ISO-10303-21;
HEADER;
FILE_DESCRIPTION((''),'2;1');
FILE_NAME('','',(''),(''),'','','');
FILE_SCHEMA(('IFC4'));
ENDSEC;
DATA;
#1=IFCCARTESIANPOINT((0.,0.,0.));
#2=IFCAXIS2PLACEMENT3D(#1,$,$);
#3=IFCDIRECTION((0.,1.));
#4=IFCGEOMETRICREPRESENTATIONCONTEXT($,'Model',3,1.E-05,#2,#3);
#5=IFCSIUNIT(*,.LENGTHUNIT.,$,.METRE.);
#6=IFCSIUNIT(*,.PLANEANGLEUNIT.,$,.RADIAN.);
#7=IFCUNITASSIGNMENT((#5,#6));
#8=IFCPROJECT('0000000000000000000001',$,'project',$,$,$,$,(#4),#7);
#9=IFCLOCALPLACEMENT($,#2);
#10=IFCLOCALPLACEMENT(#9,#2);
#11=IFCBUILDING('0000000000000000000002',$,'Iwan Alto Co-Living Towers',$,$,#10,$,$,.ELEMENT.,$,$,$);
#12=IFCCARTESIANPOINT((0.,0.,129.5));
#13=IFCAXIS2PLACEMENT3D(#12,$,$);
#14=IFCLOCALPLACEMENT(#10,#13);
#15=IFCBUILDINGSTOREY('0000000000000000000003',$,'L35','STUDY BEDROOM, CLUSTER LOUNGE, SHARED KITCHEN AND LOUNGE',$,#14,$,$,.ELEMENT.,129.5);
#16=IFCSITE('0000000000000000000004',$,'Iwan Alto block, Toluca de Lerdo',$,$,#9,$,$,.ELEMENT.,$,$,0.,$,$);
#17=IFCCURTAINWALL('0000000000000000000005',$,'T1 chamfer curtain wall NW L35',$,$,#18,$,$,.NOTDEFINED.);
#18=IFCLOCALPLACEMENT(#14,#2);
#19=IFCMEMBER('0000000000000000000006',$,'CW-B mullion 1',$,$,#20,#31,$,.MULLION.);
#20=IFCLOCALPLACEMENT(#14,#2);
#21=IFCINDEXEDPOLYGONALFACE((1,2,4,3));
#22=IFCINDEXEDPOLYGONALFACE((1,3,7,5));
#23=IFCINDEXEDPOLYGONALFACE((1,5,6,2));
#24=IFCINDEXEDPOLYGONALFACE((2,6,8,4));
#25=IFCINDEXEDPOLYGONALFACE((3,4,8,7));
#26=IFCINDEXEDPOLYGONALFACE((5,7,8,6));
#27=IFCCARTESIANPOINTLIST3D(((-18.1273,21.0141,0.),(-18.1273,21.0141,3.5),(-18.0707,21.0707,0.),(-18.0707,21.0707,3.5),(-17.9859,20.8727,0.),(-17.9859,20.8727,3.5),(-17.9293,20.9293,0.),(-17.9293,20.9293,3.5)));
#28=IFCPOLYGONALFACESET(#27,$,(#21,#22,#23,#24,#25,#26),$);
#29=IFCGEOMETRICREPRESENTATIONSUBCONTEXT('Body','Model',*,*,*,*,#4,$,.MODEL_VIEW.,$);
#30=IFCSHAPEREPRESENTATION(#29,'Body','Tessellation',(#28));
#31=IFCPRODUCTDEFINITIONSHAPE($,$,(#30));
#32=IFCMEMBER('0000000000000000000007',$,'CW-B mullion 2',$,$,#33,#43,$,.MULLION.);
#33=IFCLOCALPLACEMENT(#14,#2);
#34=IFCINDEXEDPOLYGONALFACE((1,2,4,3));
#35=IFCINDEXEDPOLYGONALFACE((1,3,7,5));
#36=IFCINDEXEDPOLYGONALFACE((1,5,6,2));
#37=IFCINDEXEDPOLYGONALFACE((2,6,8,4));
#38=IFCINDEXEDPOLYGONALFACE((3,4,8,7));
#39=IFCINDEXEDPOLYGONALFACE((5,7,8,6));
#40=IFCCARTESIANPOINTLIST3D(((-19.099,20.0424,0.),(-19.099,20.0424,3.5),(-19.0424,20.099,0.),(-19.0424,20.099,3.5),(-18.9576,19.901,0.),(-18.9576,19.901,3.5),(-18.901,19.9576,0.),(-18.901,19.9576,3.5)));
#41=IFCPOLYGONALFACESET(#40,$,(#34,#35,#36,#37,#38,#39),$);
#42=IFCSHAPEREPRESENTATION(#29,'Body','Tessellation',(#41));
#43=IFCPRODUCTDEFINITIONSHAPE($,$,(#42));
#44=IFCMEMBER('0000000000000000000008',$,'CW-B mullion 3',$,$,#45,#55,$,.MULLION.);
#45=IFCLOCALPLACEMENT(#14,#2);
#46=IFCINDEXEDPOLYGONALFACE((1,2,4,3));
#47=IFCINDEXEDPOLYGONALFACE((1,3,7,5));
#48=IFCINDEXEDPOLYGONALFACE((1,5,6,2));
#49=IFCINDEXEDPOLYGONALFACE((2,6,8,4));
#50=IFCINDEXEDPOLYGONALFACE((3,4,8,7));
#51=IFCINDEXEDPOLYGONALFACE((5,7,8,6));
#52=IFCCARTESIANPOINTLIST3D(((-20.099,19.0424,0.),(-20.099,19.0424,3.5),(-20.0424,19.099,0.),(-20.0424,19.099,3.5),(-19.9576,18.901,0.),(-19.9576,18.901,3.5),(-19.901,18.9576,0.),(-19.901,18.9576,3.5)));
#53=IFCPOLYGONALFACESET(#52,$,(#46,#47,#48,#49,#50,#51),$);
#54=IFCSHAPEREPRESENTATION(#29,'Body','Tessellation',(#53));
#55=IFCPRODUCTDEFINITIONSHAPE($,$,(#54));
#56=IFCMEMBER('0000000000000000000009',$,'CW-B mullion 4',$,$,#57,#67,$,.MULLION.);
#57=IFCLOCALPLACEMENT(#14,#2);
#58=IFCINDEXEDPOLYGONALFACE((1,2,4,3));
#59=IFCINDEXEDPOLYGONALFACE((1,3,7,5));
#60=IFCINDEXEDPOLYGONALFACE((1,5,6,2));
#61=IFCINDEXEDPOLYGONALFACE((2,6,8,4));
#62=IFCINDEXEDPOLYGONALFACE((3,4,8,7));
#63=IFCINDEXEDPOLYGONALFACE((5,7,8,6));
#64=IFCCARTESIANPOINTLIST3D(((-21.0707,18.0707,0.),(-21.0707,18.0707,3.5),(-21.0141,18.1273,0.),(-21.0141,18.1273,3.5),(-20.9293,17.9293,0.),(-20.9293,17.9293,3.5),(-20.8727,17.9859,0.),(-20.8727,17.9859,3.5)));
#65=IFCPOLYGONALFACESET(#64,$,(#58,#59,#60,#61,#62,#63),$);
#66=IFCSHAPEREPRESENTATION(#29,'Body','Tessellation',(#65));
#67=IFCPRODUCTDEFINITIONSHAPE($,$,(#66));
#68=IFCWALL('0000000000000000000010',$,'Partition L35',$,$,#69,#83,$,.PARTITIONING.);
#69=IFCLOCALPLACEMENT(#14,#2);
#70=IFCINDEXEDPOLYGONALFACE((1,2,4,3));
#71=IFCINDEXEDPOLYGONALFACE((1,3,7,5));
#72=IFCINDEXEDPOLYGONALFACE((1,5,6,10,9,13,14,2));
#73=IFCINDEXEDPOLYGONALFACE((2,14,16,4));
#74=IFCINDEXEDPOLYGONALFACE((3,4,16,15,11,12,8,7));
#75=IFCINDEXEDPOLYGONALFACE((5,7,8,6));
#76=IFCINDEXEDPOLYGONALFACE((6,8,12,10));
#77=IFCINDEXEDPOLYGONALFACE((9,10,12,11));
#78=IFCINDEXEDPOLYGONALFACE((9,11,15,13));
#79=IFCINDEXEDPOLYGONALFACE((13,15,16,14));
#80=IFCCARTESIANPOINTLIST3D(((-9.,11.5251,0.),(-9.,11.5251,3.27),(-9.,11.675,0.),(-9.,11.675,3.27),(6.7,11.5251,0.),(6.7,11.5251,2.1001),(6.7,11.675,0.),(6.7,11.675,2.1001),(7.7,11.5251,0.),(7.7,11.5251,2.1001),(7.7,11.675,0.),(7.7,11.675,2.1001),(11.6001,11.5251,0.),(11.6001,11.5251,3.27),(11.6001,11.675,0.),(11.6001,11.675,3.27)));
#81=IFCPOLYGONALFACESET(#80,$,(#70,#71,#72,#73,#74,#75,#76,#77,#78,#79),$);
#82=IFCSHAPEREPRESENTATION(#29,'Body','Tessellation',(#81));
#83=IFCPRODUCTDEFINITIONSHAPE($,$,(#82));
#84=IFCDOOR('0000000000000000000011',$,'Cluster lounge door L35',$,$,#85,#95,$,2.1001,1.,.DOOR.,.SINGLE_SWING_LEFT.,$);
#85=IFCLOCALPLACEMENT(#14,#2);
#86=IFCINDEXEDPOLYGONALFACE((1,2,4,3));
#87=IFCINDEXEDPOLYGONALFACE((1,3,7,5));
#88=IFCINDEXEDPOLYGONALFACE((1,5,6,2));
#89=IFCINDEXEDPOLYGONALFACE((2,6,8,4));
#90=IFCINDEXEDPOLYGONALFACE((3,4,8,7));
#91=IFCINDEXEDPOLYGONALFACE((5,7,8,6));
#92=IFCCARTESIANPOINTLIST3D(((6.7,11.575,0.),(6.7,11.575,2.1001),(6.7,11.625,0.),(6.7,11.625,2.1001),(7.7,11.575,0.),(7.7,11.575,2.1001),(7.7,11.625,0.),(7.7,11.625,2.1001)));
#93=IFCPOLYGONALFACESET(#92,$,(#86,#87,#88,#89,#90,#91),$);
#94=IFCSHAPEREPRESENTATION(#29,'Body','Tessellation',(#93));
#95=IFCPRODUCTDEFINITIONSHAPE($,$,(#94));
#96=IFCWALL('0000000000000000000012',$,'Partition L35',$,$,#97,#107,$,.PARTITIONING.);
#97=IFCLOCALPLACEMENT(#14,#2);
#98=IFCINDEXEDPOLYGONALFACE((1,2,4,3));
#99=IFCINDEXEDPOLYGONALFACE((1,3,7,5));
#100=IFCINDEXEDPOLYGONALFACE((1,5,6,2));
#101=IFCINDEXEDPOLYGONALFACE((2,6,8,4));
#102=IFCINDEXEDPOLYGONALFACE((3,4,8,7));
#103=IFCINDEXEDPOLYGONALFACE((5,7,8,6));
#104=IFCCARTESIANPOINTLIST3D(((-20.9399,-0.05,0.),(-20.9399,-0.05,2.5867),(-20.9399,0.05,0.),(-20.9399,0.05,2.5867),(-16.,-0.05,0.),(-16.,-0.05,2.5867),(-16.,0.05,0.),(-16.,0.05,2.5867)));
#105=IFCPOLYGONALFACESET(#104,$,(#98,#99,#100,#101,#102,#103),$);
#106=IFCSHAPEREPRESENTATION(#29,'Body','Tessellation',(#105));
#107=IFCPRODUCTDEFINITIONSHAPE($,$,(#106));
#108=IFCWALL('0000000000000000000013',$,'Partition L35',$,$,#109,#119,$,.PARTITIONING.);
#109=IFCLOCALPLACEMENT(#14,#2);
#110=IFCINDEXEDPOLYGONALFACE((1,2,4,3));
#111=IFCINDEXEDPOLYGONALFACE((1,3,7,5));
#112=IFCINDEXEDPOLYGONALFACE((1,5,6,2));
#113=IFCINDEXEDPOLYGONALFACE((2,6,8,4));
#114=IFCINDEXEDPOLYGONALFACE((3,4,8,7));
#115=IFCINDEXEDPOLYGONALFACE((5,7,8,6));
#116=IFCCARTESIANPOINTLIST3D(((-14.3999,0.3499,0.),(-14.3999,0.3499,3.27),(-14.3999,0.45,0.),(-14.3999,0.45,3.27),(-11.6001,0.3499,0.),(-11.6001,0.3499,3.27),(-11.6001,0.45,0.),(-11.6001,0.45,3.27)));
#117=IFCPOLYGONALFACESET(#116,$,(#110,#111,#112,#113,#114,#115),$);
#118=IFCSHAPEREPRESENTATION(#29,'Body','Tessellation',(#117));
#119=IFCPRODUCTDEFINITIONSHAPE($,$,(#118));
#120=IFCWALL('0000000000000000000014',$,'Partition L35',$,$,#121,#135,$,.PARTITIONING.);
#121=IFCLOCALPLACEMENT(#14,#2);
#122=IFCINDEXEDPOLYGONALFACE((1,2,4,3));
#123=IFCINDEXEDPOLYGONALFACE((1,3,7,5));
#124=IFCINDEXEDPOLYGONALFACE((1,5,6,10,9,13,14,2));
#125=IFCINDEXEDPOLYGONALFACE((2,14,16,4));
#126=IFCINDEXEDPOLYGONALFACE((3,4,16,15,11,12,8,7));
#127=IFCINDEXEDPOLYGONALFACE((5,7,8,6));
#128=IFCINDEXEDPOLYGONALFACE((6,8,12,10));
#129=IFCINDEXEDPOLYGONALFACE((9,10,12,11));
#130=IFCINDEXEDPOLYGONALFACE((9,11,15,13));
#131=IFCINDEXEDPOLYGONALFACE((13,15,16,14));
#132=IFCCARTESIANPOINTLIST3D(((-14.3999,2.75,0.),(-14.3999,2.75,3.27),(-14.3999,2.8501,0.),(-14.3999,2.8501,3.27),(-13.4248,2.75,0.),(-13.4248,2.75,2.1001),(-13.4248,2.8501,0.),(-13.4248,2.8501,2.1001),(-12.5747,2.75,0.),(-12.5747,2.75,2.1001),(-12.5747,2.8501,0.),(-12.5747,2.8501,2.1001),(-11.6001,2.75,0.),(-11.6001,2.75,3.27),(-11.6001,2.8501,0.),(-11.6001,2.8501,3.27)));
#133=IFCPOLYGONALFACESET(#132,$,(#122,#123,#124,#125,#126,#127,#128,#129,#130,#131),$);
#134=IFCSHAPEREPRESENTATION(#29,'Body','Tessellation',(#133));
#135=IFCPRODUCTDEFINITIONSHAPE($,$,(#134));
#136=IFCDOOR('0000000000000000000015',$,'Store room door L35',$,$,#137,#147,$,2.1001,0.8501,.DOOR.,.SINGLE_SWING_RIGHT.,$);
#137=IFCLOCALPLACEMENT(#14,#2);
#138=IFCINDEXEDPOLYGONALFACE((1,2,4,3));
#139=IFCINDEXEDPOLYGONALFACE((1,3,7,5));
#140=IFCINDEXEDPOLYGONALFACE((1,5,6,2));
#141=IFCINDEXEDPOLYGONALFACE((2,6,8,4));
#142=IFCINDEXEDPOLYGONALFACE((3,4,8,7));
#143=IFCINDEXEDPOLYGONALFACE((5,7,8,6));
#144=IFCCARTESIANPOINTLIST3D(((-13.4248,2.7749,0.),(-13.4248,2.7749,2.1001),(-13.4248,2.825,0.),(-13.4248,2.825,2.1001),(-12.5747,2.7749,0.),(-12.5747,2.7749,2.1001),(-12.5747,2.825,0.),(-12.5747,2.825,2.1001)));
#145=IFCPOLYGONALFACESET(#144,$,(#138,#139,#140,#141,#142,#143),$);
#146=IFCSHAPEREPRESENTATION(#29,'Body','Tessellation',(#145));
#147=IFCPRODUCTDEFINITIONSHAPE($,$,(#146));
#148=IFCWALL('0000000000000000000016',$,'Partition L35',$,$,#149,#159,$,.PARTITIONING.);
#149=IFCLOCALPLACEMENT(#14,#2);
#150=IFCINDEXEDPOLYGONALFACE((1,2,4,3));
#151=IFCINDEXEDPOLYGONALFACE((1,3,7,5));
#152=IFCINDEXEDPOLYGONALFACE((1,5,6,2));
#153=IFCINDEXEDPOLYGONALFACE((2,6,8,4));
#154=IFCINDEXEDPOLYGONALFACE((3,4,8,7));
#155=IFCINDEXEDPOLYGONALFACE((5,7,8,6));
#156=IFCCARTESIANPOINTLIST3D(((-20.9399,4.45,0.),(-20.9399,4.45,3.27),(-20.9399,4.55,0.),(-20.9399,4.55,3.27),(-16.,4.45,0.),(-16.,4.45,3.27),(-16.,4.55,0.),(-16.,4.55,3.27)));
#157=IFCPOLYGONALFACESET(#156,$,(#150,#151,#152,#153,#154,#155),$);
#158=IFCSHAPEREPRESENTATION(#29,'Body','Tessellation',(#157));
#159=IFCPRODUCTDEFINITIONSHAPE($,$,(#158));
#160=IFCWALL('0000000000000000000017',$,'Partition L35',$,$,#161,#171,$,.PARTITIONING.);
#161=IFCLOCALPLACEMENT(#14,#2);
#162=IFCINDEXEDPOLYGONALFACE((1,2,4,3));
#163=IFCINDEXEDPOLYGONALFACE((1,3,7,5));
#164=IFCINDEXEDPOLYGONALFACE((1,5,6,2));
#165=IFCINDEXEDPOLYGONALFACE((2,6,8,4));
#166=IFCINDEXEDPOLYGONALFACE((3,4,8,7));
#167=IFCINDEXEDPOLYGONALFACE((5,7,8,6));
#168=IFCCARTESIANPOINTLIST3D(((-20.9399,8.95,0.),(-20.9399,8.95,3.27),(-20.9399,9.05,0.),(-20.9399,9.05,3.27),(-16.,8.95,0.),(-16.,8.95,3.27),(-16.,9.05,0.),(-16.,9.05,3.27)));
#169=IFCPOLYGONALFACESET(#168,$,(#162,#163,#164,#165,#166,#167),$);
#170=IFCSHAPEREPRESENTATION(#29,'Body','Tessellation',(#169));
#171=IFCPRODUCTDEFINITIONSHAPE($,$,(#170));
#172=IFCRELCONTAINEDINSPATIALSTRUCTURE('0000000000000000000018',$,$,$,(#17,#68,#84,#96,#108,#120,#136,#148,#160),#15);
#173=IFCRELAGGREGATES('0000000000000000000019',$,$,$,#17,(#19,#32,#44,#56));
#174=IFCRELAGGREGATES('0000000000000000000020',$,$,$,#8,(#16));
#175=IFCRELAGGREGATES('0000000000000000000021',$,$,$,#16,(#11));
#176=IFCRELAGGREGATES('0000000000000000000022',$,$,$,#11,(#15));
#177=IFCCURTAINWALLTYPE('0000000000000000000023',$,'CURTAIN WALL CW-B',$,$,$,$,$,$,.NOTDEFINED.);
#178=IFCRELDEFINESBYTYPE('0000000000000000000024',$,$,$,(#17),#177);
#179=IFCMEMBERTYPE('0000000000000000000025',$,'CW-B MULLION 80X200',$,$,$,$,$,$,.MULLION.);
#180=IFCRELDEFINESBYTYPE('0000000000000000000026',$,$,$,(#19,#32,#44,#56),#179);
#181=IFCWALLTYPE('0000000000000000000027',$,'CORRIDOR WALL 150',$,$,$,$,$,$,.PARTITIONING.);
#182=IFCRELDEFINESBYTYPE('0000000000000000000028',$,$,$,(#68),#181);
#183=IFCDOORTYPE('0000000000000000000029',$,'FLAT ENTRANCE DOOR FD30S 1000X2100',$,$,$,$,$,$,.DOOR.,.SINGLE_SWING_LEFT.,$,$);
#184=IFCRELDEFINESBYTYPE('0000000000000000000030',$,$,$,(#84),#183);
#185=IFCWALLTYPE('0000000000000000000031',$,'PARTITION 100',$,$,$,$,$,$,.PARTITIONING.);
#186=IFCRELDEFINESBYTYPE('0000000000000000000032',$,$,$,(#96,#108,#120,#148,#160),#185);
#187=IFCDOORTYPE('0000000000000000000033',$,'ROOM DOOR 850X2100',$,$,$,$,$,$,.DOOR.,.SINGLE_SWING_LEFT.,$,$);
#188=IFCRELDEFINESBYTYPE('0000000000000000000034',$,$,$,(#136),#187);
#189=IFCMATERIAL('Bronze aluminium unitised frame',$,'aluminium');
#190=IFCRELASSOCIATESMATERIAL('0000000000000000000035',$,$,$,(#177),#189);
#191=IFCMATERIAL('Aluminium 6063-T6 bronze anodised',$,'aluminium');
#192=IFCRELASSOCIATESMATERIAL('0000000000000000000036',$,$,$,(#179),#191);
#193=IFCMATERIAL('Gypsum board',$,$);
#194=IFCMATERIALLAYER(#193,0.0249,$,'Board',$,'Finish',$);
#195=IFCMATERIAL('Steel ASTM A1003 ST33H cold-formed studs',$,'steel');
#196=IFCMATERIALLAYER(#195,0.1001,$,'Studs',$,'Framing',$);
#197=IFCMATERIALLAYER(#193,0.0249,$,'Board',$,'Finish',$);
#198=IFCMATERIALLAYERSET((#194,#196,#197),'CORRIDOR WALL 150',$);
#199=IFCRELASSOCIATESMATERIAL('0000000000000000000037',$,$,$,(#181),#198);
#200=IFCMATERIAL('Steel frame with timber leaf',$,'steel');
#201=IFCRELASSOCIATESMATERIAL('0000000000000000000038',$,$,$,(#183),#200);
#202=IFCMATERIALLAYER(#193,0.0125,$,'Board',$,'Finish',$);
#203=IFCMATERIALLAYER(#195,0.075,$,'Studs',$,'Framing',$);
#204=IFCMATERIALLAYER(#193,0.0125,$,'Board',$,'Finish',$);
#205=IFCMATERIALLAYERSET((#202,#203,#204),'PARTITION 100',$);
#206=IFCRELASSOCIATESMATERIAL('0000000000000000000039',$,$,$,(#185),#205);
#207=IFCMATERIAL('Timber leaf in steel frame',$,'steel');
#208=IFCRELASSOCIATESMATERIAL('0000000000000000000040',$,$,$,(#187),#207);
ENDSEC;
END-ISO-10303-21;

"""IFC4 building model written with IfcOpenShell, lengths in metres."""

from ifc_helpers import new_model, si_unit, direction, frame, frame_2d, origin, origin_2d, place, context, subcontext, project, spatial, rectangle, extrude, material, layer, layer_set, material_profile, profile_set, type_object, element, fill, aggregate, save


model = new_model("IFC4")

# Units and contexts
model_context = context("Model", 3, precision=1e-05, world=origin(), true_north=direction((0.0, 1.0)))
body_context = subcontext(model_context, "Body", "Model", "MODEL_VIEW")
ifc_project = project(units=[si_unit("LENGTHUNIT", "METRE"), si_unit("PLANEANGLEUNIT", "RADIAN")], contexts=[model_context])

# Site, building, storey
site_placement = place(None, origin())
site = spatial("IfcSite", under=ifc_project, at=site_placement, Name="Iwan Alto block, Toluca de Lerdo", CompositionType="ELEMENT", RefElevation=0.0)
building_placement = place(site_placement, origin())
building = spatial("IfcBuilding", under=site, at=building_placement, Name="Iwan Alto Co-Living Towers", CompositionType="ELEMENT")
storey_placement = place(building_placement, frame((0.0, 0.0, 129.5)))
storey = spatial("IfcBuildingStorey", under=building, at=storey_placement, Name="L35", Description="STUDY BEDROOM, CLUSTER LOUNGE, SHARED KITCHEN AND LOUNGE", CompositionType="ELEMENT", Elevation=129.5)

# Curtain wall, members
ifc_material_1 = material(Name="Bronze aluminium unitised frame", Category="aluminium")
curtain_wall_type = type_object("IfcCurtainWallType", Name="CURTAIN WALL CW-B", PredefinedType="NOTDEFINED", material=ifc_material_1)
curtain_wall_placement = place(storey_placement, origin())
curtain_wall = element("IfcCurtainWall", 1, at=curtain_wall_placement, inside=storey, type_object=curtain_wall_type, Name="T1 chamfer curtain wall NW L35", PredefinedType="NOTDEFINED")
ifc_material_2 = material(Name="Aluminium 6063-T6 bronze anodised", Category="aluminium")
ifc_material_profile = material_profile(ifc_material_2, rectangle(XDim=0.2, YDim=0.0801, at=origin_2d()), Name="AL 80X200")
ifc_profile_set = profile_set([ifc_material_profile], Name="Aluminium 6063-T6 bronze anodised")
member_type = type_object("IfcMemberType", Name="CW-B MULLION 80X200", PredefinedType="MULLION", material=ifc_profile_set)
member_1_placement = place(storey_placement, frame((-18.0283, 20.9717, 0.0), z_axis=(0.0, 0.0, 1.0), x_axis=(0.707107, -0.707107, 0.0)))
member_1 = element("IfcMember", 2, at=member_1_placement, type_object=member_type, Name="CW-B mullion 1", PredefinedType="MULLION", context=body_context, shape_type="SweptSolid", body=[
    extrude(rectangle(XDim=0.2, YDim=0.0801, at=origin_2d()), origin(), (0.0, 0.0, 1.0), 3.5),
])
member_2_placement = place(storey_placement, frame((-19.0, 20.0, 0.0), z_axis=(0.0, 0.0, 1.0), x_axis=(0.707107, -0.707107, 0.0)))
member_2 = element("IfcMember", 3, at=member_2_placement, type_object=member_type, Name="CW-B mullion 2", PredefinedType="MULLION", context=body_context, shape_type="SweptSolid", body=[
    extrude(rectangle(XDim=0.2, YDim=0.0801, at=origin_2d()), origin(), (0.0, 0.0, 1.0), 3.5),
])
member_3_placement = place(storey_placement, frame((-20.0, 19.0, 0.0), z_axis=(0.0, 0.0, 1.0), x_axis=(0.707107, -0.707107, 0.0)))
member_3 = element("IfcMember", 4, at=member_3_placement, type_object=member_type, Name="CW-B mullion 3", PredefinedType="MULLION", context=body_context, shape_type="SweptSolid", body=[
    extrude(rectangle(XDim=0.2, YDim=0.0801, at=origin_2d()), origin(), (0.0, 0.0, 1.0), 3.5),
])
member_4_placement = place(storey_placement, frame((-20.9717, 18.0283, 0.0), z_axis=(0.0, 0.0, 1.0), x_axis=(0.707107, -0.707107, 0.0)))
member_4 = element("IfcMember", 5, at=member_4_placement, type_object=member_type, Name="CW-B mullion 4", PredefinedType="MULLION", context=body_context, shape_type="SweptSolid", body=[
    extrude(rectangle(XDim=0.2, YDim=0.0801, at=origin_2d()), origin(), (0.0, 0.0, 1.0), 3.5),
])
aggregate(curtain_wall, [member_1, member_2, member_3, member_4])

# Wall, opening, door
ifc_material_3 = material(Name="Gypsum board")
ifc_layer_1 = layer(ifc_material_3, 0.0249, Name="Board", Category="Finish")
ifc_material_4 = material(Name="Steel ASTM A1003 ST33H cold-formed studs", Category="steel")
ifc_layer_2 = layer(ifc_material_4, 0.1001, Name="Studs", Category="Framing")
ifc_layer_3 = layer(ifc_material_3, 0.0249, Name="Board", Category="Finish")
ifc_layer_set_1 = layer_set([ifc_layer_1, ifc_layer_2, ifc_layer_3], Name="CORRIDOR WALL 150")
wall_type_1 = type_object("IfcWallType", Name="CORRIDOR WALL 150", PredefinedType="PARTITIONING", material=ifc_layer_set_1)
wall_1_placement = place(storey_placement, frame((-9.0, 11.6001, 0.0), z_axis=(0.0, 0.0, 1.0), x_axis=(1.0, 0.0, 0.0)))
wall_1 = element("IfcWall", 6, at=wall_1_placement, inside=storey, type_object=wall_type_1, Name="Partition L35", PredefinedType="PARTITIONING", context=body_context, shape_type="SweptSolid", body=[
    extrude(rectangle(XDim=20.6001, YDim=0.1499, at=frame_2d((10.3, 0.0))), origin(), (0.0, 0.0, 1.0), 3.27),
])
opening_1_placement = place(wall_1_placement, frame((15.7, 0.0, 0.0)))
opening_1 = element("IfcOpeningElement", 7, at=opening_1_placement, cuts=wall_1, PredefinedType="OPENING", context=body_context, shape_type="SweptSolid", body=[
    extrude(rectangle(XDim=1.0, YDim=2.1001, at=frame_2d((0.5, 1.05))), frame((0.0, 0.085, 0.0), z_axis=(0.0, -1.0, 0.0), x_axis=(1.0, 0.0, 0.0)), (0.0, 0.0, 1.0), 0.1699),
])
ifc_material_5 = material(Name="Steel frame with timber leaf", Category="steel")
door_type_1 = type_object("IfcDoorType", Name="FLAT ENTRANCE DOOR FD30S 1000X2100", OperationType="SINGLE_SWING_LEFT", PredefinedType="DOOR", material=ifc_material_5)
door_1_placement = place(opening_1_placement, origin())
door_1 = element("IfcDoor", 8, at=door_1_placement, inside=storey, type_object=door_type_1, Name="Cluster lounge door L35", OperationType="SINGLE_SWING_LEFT", OverallHeight=2.1001, OverallWidth=1.0, PredefinedType="DOOR", context=body_context, shape_type="SweptSolid", body=[
    extrude(rectangle(XDim=1.0, YDim=2.1001, at=frame_2d((0.5, 1.05))), frame((0.0, 0.0249, 0.0), z_axis=(0.0, -1.0, 0.0), x_axis=(1.0, 0.0, 0.0)), (0.0, 0.0, 1.0), 0.05),
])
fill(opening_1, door_1)

# Walls
ifc_layer_4 = layer(ifc_material_3, 0.0125, Name="Board", Category="Finish")
ifc_layer_5 = layer(ifc_material_4, 0.075, Name="Studs", Category="Framing")
ifc_layer_6 = layer(ifc_material_3, 0.0125, Name="Board", Category="Finish")
ifc_layer_set_2 = layer_set([ifc_layer_4, ifc_layer_5, ifc_layer_6], Name="PARTITION 100")
wall_type_2 = type_object("IfcWallType", Name="PARTITION 100", PredefinedType="PARTITIONING", material=ifc_layer_set_2)
wall_2_placement = place(storey_placement, frame((-20.9399, 0.0, 0.0), z_axis=(0.0, 0.0, 1.0), x_axis=(1.0, 0.0, 0.0)))
element("IfcWall", 9, at=wall_2_placement, inside=storey, type_object=wall_type_2, Name="Partition L35", PredefinedType="PARTITIONING", context=body_context, shape_type="SweptSolid", body=[
    extrude(rectangle(XDim=4.9399, YDim=0.1001, at=frame_2d((2.47, 0.0))), origin(), (0.0, 0.0, 1.0), 2.5867),
])
wall_3_placement = place(storey_placement, frame((-14.3999, 0.3999, 0.0), z_axis=(0.0, 0.0, 1.0), x_axis=(1.0, 0.0, 0.0)))
element("IfcWall", 10, at=wall_3_placement, inside=storey, type_object=wall_type_2, Name="Partition L35", PredefinedType="PARTITIONING", context=body_context, shape_type="SweptSolid", body=[
    extrude(rectangle(XDim=2.7998, YDim=0.1001, at=frame_2d((1.3999, 0.0))), origin(), (0.0, 0.0, 1.0), 3.27),
])

# Wall, opening, door
wall_4_placement = place(storey_placement, frame((-14.3999, 2.8, 0.0), z_axis=(0.0, 0.0, 1.0), x_axis=(1.0, 0.0, 0.0)))
wall_4 = element("IfcWall", 11, at=wall_4_placement, inside=storey, type_object=wall_type_2, Name="Partition L35", PredefinedType="PARTITIONING", context=body_context, shape_type="SweptSolid", body=[
    extrude(rectangle(XDim=2.7998, YDim=0.1001, at=frame_2d((1.3999, 0.0))), origin(), (0.0, 0.0, 1.0), 3.27),
])
opening_2_placement = place(wall_4_placement, frame((0.9751, 0.0, 0.0)))
opening_2 = element("IfcOpeningElement", 12, at=opening_2_placement, cuts=wall_4, PredefinedType="OPENING", context=body_context, shape_type="SweptSolid", body=[
    extrude(rectangle(XDim=0.8501, YDim=2.1001, at=frame_2d((0.425, 1.05))), frame((0.0, 0.0601, 0.0), z_axis=(0.0, -1.0, 0.0), x_axis=(1.0, 0.0, 0.0)), (0.0, 0.0, 1.0), 0.1201),
])
ifc_material_6 = material(Name="Timber leaf in steel frame", Category="steel")
door_type_2 = type_object("IfcDoorType", Name="ROOM DOOR 850X2100", OperationType="SINGLE_SWING_LEFT", PredefinedType="DOOR", material=ifc_material_6)
door_2_placement = place(opening_2_placement, origin())
door_2 = element("IfcDoor", 13, at=door_2_placement, inside=storey, type_object=door_type_2, Name="Store room door L35", OperationType="SINGLE_SWING_RIGHT", OverallHeight=2.1001, OverallWidth=0.8501, PredefinedType="DOOR", context=body_context, shape_type="SweptSolid", body=[
    extrude(rectangle(XDim=0.8501, YDim=2.1001, at=frame_2d((0.425, 1.05))), frame((0.0, 0.0249, 0.0), z_axis=(0.0, -1.0, 0.0), x_axis=(1.0, 0.0, 0.0)), (0.0, 0.0, 1.0), 0.05),
])
fill(opening_2, door_2)

# Walls
for number, where, z_axis, x_axis, name in (
    (14, (-20.9399, 4.5, 0.0), (0.0, 0.0, 1.0), (1.0, 0.0, 0.0), "Partition L35"),
    (15, (-20.9399, 9.0, 0.0), (0.0, 0.0, 1.0), (1.0, 0.0, 0.0), "Partition L35"),
):
    element("IfcWall", number, at=place(storey_placement, frame(where, z_axis=z_axis, x_axis=x_axis)), inside=storey, type_object=wall_type_2, Name=name, PredefinedType="PARTITIONING", context=body_context, shape_type="SweptSolid", body=[
        extrude(rectangle(XDim=4.9399, YDim=0.1001, at=frame_2d((2.47, 0.0))), origin(), (0.0, 0.0, 1.0), 3.27),
    ])

save(model, "model.ifc")
